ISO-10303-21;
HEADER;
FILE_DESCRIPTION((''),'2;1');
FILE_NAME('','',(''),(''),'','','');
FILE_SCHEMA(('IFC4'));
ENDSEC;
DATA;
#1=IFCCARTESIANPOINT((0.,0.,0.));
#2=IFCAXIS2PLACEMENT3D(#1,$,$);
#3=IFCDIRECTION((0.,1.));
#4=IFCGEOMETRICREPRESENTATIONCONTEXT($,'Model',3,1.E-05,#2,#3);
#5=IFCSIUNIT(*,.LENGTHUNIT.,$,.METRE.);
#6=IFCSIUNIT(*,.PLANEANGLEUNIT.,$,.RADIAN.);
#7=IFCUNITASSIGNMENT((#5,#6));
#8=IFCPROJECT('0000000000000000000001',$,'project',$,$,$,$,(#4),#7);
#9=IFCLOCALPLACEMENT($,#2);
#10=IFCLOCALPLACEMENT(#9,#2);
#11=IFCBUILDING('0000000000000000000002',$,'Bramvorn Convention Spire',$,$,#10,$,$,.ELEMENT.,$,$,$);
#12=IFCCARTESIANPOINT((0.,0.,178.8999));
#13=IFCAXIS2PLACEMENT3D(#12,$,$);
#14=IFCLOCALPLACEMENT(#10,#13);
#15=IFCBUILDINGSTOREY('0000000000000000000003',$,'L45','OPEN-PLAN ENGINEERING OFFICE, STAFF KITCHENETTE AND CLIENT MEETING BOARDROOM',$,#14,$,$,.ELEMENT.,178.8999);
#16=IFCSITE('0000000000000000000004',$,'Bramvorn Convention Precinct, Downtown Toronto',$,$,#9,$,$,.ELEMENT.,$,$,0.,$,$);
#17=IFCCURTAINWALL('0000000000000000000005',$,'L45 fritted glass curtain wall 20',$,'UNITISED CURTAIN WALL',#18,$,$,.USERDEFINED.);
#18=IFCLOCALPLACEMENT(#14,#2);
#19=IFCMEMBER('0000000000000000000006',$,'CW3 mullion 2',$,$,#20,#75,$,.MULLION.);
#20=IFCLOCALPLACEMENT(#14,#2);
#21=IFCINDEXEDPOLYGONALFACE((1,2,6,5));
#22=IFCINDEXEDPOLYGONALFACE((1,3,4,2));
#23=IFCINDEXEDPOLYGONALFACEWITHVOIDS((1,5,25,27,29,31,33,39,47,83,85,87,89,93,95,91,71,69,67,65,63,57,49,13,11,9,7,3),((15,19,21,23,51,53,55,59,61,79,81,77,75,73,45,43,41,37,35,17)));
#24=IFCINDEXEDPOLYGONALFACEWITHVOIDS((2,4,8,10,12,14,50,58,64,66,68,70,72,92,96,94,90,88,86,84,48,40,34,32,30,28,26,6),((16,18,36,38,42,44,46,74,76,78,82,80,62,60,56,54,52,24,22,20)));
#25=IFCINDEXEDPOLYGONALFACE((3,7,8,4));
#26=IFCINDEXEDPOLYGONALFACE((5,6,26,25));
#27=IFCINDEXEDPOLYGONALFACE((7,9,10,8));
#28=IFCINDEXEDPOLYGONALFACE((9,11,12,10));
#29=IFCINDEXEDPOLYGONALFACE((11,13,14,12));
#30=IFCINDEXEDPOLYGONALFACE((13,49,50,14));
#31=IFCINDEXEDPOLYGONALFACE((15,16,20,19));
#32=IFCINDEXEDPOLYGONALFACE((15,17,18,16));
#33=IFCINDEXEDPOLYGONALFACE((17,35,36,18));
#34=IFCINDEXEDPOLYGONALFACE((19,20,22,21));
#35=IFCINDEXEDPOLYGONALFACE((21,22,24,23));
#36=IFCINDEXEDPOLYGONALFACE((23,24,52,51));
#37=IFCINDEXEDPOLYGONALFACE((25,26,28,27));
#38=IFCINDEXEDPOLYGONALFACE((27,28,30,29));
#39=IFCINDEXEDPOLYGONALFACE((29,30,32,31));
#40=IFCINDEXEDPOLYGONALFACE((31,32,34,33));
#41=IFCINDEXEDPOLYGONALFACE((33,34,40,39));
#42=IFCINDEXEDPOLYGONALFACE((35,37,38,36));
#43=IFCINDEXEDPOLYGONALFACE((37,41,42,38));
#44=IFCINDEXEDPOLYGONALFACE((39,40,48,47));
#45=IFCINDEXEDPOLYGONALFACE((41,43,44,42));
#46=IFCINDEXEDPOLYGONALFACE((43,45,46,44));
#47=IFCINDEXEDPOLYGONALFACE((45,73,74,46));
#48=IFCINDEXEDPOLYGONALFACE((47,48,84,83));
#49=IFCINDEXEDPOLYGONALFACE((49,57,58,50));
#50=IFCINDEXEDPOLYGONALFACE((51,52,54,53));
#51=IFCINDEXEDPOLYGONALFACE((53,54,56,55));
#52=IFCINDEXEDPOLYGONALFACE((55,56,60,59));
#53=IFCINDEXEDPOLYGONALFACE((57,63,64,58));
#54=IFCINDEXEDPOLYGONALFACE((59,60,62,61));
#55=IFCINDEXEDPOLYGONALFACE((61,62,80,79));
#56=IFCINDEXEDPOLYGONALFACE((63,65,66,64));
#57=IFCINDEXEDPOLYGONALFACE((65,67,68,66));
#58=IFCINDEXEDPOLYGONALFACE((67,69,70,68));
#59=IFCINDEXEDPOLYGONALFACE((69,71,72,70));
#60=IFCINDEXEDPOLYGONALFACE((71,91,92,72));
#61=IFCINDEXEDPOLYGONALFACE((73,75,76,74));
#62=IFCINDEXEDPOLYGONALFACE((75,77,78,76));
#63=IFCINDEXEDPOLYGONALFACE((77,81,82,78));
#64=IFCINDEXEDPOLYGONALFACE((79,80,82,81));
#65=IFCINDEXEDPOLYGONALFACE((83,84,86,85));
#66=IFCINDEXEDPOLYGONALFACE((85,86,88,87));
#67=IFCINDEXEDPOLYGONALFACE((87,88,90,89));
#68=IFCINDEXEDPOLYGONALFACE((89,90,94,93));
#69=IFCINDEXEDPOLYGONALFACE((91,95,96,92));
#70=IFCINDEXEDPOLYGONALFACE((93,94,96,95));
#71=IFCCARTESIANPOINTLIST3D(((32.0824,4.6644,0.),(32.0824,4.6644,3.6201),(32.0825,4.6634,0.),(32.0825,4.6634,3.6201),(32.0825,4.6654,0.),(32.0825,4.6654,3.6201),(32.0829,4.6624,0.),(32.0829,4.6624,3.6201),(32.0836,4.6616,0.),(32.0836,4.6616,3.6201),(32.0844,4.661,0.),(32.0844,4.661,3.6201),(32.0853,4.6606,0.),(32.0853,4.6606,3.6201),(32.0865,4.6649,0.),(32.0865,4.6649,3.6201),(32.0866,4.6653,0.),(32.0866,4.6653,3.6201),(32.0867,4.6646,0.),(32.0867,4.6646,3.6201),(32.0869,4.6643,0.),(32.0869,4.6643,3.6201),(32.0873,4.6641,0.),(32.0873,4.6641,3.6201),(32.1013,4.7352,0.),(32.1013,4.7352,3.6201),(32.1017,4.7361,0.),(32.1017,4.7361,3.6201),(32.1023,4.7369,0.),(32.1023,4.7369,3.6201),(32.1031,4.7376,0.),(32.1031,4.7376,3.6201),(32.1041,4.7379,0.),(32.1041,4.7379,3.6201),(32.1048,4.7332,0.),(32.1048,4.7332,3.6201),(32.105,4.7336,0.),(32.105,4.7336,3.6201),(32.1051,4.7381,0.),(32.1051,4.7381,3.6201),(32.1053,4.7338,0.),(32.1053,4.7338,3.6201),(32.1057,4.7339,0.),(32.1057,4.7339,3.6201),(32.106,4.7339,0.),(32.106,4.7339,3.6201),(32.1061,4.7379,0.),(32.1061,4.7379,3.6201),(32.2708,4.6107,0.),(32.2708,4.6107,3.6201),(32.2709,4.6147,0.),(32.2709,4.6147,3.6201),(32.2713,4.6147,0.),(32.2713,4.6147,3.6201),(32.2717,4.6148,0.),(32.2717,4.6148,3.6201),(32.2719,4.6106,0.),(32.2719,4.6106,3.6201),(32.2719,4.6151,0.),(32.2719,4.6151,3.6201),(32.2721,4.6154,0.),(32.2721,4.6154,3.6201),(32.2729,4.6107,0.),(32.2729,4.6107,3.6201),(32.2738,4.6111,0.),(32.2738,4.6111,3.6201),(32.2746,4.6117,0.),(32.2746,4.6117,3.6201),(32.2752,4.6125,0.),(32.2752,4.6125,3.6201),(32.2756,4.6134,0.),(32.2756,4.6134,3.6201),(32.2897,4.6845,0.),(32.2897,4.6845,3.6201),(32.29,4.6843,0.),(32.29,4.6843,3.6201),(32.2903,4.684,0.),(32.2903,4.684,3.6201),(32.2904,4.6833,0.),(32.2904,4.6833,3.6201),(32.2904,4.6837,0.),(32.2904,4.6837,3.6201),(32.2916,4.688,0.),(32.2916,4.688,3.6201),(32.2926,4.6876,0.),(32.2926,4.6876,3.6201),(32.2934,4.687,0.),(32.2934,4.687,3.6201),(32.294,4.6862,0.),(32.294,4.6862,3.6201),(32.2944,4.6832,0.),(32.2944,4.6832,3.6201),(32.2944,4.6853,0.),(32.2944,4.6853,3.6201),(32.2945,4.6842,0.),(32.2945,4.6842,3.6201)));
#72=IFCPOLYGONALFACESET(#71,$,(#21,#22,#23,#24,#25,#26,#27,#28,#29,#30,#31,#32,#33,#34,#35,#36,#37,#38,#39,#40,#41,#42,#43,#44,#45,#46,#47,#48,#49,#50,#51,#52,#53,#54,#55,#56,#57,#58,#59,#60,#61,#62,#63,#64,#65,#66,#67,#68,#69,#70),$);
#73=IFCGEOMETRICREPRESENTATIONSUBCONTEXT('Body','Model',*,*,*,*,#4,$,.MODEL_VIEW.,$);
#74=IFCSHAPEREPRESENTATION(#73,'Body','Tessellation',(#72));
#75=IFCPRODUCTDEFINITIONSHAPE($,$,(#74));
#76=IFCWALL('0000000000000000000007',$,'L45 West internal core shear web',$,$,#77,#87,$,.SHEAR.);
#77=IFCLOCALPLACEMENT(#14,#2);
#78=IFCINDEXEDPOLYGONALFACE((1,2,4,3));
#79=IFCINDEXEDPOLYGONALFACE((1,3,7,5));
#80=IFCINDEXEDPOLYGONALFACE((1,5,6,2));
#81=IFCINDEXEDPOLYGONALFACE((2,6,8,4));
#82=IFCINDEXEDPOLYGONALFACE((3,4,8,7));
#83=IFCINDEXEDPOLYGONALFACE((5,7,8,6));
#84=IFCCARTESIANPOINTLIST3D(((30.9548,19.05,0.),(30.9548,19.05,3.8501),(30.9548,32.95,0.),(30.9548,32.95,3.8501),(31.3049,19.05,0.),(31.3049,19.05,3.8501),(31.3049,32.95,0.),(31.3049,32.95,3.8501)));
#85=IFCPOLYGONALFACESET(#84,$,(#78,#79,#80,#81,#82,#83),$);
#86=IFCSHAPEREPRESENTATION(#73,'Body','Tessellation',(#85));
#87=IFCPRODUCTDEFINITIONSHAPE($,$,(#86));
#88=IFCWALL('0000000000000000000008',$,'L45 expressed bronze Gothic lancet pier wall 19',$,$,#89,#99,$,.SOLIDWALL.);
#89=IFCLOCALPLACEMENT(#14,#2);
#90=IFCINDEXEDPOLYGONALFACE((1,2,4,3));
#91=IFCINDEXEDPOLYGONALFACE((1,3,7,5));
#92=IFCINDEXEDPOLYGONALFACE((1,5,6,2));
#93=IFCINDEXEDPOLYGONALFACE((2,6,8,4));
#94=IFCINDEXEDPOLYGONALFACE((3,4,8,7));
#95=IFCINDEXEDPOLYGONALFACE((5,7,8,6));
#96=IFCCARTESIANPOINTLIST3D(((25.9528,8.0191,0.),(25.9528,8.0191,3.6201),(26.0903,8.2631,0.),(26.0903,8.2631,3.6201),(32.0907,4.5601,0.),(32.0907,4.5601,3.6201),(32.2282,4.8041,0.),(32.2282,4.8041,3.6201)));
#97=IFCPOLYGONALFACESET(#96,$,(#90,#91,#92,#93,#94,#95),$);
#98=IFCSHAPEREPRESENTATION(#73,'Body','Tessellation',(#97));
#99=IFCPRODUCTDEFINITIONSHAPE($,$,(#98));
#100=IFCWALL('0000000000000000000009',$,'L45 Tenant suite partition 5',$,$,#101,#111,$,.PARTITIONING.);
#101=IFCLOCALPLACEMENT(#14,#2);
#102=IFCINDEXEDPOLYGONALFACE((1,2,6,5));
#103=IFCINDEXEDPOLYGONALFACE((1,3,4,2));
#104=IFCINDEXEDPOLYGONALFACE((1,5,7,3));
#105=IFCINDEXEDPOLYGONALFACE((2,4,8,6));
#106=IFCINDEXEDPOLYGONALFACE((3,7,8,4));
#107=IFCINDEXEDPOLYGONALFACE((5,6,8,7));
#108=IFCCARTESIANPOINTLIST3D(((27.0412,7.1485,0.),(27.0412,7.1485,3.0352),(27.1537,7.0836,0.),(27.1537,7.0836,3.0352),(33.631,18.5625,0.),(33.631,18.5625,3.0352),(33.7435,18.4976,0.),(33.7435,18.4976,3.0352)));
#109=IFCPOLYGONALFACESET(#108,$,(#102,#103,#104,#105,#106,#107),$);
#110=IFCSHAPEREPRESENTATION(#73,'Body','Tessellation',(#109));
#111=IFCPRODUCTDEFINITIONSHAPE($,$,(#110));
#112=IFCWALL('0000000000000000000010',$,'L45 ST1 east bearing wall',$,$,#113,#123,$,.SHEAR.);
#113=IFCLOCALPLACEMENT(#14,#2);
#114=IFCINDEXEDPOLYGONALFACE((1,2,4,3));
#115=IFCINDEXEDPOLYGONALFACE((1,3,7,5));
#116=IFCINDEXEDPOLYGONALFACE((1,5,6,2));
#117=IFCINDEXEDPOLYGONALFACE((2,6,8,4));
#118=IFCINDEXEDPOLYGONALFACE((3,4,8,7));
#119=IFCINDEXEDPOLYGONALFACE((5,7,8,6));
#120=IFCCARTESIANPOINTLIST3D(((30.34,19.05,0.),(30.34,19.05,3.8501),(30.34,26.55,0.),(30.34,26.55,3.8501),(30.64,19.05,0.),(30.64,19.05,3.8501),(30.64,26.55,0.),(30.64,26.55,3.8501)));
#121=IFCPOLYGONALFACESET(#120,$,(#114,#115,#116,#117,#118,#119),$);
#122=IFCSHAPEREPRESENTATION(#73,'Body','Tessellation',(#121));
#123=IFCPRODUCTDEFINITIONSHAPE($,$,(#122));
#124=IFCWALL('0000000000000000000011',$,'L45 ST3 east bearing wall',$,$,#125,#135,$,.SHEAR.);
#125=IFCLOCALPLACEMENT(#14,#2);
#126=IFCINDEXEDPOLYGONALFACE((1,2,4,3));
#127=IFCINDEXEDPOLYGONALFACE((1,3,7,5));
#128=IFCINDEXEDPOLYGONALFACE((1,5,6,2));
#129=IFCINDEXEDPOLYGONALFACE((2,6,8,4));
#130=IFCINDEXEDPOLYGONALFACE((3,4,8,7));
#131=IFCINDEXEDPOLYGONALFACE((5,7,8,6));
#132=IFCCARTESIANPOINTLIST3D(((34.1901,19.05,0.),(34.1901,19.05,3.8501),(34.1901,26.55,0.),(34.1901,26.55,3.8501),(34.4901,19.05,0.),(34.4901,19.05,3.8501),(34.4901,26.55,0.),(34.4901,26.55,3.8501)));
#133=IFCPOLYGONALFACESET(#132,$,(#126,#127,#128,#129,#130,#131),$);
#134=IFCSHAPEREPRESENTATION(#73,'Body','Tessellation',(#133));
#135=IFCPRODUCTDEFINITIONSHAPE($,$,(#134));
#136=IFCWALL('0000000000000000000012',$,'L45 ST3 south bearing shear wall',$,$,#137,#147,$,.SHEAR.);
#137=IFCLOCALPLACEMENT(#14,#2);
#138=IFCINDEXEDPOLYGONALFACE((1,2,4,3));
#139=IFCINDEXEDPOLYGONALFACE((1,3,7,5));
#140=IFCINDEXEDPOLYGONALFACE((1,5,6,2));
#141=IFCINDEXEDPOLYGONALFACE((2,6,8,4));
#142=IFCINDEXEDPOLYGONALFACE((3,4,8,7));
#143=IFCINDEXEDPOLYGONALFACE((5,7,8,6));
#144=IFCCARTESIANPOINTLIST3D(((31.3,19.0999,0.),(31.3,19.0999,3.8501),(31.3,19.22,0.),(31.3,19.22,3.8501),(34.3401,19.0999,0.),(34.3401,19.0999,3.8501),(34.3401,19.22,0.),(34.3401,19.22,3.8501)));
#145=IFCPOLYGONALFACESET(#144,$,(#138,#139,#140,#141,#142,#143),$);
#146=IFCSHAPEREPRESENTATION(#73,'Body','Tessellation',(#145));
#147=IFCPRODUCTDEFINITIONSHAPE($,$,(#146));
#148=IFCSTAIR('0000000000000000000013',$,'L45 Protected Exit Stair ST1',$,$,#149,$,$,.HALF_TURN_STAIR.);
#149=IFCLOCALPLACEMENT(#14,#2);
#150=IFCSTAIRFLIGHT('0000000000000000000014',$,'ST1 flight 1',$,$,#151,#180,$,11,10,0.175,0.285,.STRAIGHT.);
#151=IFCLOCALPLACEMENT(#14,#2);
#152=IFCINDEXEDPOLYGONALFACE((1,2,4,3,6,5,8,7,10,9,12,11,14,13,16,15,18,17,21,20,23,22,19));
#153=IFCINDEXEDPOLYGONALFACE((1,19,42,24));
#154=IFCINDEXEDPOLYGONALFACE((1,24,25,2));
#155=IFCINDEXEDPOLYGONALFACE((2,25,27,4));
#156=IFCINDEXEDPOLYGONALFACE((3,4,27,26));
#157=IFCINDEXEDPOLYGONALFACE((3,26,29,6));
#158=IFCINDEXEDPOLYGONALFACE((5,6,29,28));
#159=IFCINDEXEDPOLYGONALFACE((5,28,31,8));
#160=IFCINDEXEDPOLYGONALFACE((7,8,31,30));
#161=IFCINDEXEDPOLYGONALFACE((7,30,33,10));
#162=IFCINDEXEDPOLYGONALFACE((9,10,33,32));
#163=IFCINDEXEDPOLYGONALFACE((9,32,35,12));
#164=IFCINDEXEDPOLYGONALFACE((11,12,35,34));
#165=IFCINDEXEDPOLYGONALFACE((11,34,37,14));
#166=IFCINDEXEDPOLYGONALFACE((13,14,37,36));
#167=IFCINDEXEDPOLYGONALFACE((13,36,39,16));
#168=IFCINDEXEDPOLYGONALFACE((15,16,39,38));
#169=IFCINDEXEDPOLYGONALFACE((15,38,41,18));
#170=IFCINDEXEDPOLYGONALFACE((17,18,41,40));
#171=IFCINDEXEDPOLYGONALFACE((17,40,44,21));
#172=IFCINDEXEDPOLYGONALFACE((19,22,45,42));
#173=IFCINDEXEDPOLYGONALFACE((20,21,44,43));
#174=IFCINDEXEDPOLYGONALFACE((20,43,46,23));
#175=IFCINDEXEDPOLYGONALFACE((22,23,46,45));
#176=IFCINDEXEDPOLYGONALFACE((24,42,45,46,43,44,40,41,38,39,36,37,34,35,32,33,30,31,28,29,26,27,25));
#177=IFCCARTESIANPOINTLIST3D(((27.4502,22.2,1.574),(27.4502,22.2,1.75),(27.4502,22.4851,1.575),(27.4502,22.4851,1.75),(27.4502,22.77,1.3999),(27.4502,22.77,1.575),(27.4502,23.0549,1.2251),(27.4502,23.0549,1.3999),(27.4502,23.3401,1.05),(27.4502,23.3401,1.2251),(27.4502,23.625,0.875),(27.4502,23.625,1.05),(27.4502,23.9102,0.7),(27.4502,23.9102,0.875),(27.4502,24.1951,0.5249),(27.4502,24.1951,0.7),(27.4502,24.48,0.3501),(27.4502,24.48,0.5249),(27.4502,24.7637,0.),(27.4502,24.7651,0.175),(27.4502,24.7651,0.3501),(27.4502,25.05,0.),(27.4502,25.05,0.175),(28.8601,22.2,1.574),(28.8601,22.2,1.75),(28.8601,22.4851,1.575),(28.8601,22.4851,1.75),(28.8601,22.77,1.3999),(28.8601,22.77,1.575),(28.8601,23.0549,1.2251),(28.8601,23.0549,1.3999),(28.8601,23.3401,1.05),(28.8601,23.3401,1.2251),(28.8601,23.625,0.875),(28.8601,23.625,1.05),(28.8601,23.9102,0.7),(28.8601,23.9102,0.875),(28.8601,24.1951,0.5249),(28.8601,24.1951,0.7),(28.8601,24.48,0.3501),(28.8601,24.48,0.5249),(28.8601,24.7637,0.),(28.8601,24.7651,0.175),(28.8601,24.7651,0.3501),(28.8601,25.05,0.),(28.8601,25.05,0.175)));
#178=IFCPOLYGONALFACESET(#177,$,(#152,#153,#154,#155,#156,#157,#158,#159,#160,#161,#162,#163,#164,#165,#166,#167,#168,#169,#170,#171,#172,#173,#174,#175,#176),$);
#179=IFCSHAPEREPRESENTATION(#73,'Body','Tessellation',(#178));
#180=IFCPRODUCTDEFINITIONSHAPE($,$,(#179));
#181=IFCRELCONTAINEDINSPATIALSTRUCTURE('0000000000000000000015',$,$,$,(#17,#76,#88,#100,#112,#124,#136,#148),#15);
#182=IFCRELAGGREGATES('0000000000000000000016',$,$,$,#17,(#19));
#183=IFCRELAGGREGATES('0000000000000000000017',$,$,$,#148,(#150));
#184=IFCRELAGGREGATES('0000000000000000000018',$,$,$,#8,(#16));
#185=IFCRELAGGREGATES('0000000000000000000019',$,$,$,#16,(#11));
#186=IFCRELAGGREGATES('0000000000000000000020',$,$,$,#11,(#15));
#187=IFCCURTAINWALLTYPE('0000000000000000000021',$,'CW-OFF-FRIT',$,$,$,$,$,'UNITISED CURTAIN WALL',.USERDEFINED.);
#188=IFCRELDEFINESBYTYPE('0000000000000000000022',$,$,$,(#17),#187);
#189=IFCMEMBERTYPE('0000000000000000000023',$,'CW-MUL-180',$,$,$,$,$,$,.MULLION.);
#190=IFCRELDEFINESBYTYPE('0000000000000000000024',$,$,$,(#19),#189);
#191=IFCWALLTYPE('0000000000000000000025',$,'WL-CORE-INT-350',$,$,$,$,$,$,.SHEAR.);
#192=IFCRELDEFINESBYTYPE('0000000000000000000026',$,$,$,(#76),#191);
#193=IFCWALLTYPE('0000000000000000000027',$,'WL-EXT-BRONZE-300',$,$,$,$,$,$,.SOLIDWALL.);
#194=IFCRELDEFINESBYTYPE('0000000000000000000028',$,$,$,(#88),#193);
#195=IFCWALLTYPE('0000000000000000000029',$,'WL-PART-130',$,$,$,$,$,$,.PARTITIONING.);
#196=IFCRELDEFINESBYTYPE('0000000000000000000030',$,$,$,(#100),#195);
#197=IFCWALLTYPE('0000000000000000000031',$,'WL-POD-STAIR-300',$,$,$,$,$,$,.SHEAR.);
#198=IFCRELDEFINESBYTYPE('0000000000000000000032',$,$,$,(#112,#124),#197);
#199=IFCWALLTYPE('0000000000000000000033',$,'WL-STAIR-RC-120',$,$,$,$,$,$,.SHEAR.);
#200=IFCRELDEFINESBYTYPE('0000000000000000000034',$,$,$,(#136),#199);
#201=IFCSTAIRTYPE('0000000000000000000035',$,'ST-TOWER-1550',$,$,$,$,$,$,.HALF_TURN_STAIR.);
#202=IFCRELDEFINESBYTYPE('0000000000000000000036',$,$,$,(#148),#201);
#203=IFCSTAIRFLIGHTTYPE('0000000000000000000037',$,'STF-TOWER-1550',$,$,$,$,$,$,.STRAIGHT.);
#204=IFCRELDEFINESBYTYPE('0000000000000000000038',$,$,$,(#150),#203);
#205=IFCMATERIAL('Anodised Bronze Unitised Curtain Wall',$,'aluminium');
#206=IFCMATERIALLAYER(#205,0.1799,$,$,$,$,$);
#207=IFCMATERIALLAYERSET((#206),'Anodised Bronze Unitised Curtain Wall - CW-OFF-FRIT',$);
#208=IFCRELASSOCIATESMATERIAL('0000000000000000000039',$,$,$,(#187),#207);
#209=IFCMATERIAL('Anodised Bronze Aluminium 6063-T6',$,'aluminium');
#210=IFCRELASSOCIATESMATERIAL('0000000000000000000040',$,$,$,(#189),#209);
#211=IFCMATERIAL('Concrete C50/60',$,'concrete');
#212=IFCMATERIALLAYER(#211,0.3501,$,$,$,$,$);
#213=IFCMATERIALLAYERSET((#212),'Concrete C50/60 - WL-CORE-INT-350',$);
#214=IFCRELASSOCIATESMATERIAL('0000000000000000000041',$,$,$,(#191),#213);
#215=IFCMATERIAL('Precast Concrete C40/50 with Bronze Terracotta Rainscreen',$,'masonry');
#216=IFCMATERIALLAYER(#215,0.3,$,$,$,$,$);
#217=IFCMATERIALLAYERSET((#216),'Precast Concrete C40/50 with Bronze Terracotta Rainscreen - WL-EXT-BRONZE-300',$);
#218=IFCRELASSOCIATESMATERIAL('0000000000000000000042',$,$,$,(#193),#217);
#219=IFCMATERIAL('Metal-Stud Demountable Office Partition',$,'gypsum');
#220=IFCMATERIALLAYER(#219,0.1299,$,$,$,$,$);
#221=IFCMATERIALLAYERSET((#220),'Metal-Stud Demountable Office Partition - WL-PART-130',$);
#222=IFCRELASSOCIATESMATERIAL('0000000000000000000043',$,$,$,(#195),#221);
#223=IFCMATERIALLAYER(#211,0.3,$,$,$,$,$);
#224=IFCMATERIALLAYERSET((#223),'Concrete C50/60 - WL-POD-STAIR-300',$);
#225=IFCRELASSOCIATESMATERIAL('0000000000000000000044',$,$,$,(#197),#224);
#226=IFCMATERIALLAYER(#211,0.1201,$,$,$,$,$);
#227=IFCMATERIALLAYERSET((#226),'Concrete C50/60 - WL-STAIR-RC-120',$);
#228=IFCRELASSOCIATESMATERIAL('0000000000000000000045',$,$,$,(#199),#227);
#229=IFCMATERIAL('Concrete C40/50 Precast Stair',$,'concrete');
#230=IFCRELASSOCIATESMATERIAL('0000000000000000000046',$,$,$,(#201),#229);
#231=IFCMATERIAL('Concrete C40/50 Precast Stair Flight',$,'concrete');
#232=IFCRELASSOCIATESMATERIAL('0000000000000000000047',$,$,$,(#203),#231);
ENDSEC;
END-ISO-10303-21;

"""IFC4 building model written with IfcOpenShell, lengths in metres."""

from ifc_helpers import new_model, si_unit, direction, frame, frame_2d, origin, origin_2d, place, context, subcontext, project, spatial, polyline, rectangle, hollow_rectangle, outline, extrude, material, layer, layer_set, material_profile, profile_set, type_object, element, aggregate, save


model = new_model("IFC4")

# Units and contexts
model_context = context("Model", 3, precision=1e-05, world=origin(), true_north=direction((0.0, 1.0)))
body_context = subcontext(model_context, "Body", "Model", "MODEL_VIEW")
ifc_project = project(units=[si_unit("LENGTHUNIT", "METRE"), si_unit("PLANEANGLEUNIT", "RADIAN")], contexts=[model_context])

# Site, building, storey
site_placement = place(None, origin())
site = spatial("IfcSite", under=ifc_project, at=site_placement, Name="Bramvorn Convention Precinct, Downtown Toronto", CompositionType="ELEMENT", RefElevation=0.0)
building_placement = place(site_placement, origin())
building = spatial("IfcBuilding", under=site, at=building_placement, Name="Bramvorn Convention Spire", CompositionType="ELEMENT")
storey_placement = place(building_placement, frame((0.0, 0.0, 178.8999)))
storey = spatial("IfcBuildingStorey", under=building, at=storey_placement, Name="L45", Description="OPEN-PLAN ENGINEERING OFFICE, STAFF KITCHENETTE AND CLIENT MEETING BOARDROOM", CompositionType="ELEMENT", Elevation=178.8999)

# Curtain wall, member
ifc_material_1 = material(Name="Anodised Bronze Unitised Curtain Wall", Category="aluminium")
ifc_layer_1 = layer(ifc_material_1, 0.1799)
ifc_layer_set_1 = layer_set([ifc_layer_1], Name="Anodised Bronze Unitised Curtain Wall - CW-OFF-FRIT")
curtain_wall_type = type_object("IfcCurtainWallType", Name="CW-OFF-FRIT", ElementType="UNITISED CURTAIN WALL", PredefinedType="USERDEFINED", material=ifc_layer_set_1)
curtain_wall_placement = place(storey_placement, origin())
curtain_wall = element("IfcCurtainWall", 1, at=curtain_wall_placement, inside=storey, type_object=curtain_wall_type, Name="L45 fritted glass curtain wall 20", ObjectType="UNITISED CURTAIN WALL", PredefinedType="USERDEFINED")
ifc_material_2 = material(Name="Anodised Bronze Aluminium 6063-T6", Category="aluminium")
ifc_material_profile_1 = material_profile(ifc_material_2, hollow_rectangle(XDim=0.0801, YDim=0.2, WallThickness=0.0039, InnerFilletRadius=0.001, OuterFilletRadius=0.0039, at=origin_2d()))
ifc_profile_set_1 = profile_set([ifc_material_profile_1], Name="Anodised Bronze Aluminium 6063-T6 - CWM80X200")
member_type = type_object("IfcMemberType", Name="CW-MUL-180", PredefinedType="MULLION", material=ifc_profile_set_1)
member_placement = place(storey_placement, frame((32.1885, 4.6743, 0.0), z_axis=(0.0, 0.0, 1.0), x_axis=(-0.259831, -0.965654, 0.0)))
member = element("IfcMember", 2, at=member_placement, type_object=member_type, Name="CW3 mullion 2", PredefinedType="MULLION", context=body_context, shape_type="SweptSolid", body=[
    extrude(hollow_rectangle(XDim=0.0801, YDim=0.2, WallThickness=0.0039, InnerFilletRadius=0.001, OuterFilletRadius=0.0039, at=origin_2d()), origin(), (0.0, 0.0, 1.0), 3.6201),
])
aggregate(curtain_wall, [member])

# Wall
ifc_material_3 = material(Name="Concrete C50/60", Category="concrete")
ifc_layer_2 = layer(ifc_material_3, 0.3501)
ifc_layer_set_2 = layer_set([ifc_layer_2], Name="Concrete C50/60 - WL-CORE-INT-350")
wall_type_1 = type_object("IfcWallType", Name="WL-CORE-INT-350", PredefinedType="SHEAR", material=ifc_layer_set_2)
wall_1_placement = place(storey_placement, frame((31.1299, 19.05, 0.0), z_axis=(0.0, 0.0, 1.0), x_axis=(0.0, 1.0, 0.0)))
element("IfcWall", 3, at=wall_1_placement, inside=storey, type_object=wall_type_1, Name="L45 West internal core shear web", PredefinedType="SHEAR", context=body_context, shape_type="SweptSolid", body=[
    extrude(rectangle(XDim=13.8999, YDim=0.3501, at=frame_2d((6.95, 0.0))), origin(), (0.0, 0.0, 1.0), 3.8501),
])

# Walls
ifc_material_4 = material(Name="Precast Concrete C40/50 with Bronze Terracotta Rainscreen", Category="masonry")
ifc_layer_3 = layer(ifc_material_4, 0.3)
ifc_layer_set_3 = layer_set([ifc_layer_3], Name="Precast Concrete C40/50 with Bronze Terracotta Rainscreen - WL-EXT-BRONZE-300")
wall_type_2 = type_object("IfcWallType", Name="WL-EXT-BRONZE-300", PredefinedType="SOLIDWALL", material=ifc_layer_set_3)
wall_2_placement = place(storey_placement, frame((32.1594, 4.6821, 0.0), z_axis=(0.0, 0.0, 1.0), x_axis=(-0.871188, 0.49095, 0.0)))
element("IfcWall", 4, at=wall_2_placement, inside=storey, type_object=wall_type_2, Name="L45 expressed bronze Gothic lancet pier wall 19", PredefinedType="SOLIDWALL", context=body_context, shape_type="SweptSolid", body=[
    extrude(rectangle(XDim=7.0454, YDim=0.28, at=frame_2d((3.5227, 0.0))), origin(), (0.0, 0.0, 1.0), 3.6201),
])
ifc_material_5 = material(Name="Metal-Stud Demountable Office Partition", Category="gypsum")
ifc_layer_4 = layer(ifc_material_5, 0.1299)
ifc_layer_set_4 = layer_set([ifc_layer_4], Name="Metal-Stud Demountable Office Partition - WL-PART-130")
wall_type_3 = type_object("IfcWallType", Name="WL-PART-130", PredefinedType="PARTITIONING", material=ifc_layer_set_4)
wall_3_placement = place(storey_placement, frame((33.6873, 18.53, 0.0), z_axis=(0.0, 0.0, 1.0), x_axis=(-0.499996, -0.866028, 0.0)))
element("IfcWall", 5, at=wall_3_placement, inside=storey, type_object=wall_type_3, Name="L45 Tenant suite partition 5", PredefinedType="PARTITIONING", context=body_context, shape_type="SweptSolid", body=[
    extrude(rectangle(XDim=13.1797, YDim=0.1299, at=frame_2d((6.5898, 0.0))), origin(), (0.0, 0.0, 1.0), 3.0352),
])
ifc_layer_5 = layer(ifc_material_3, 0.3)
ifc_layer_set_5 = layer_set([ifc_layer_5], Name="Concrete C50/60 - WL-POD-STAIR-300")
wall_type_4 = type_object("IfcWallType", Name="WL-POD-STAIR-300", PredefinedType="SHEAR", material=ifc_layer_set_5)
for number, where, z_axis, x_axis, name in (
    (6, (30.49, 19.05, 0.0), (0.0, 0.0, 1.0), (0.0, 1.0, 0.0), "L45 ST1 east bearing wall"),
    (7, (34.3401, 19.05, 0.0), (0.0, 0.0, 1.0), (0.0, 1.0, 0.0), "L45 ST3 east bearing wall"),
):
    element("IfcWall", number, at=place(storey_placement, frame(where, z_axis=z_axis, x_axis=x_axis)), inside=storey, type_object=wall_type_4, Name=name, PredefinedType="SHEAR", context=body_context, shape_type="SweptSolid", body=[
        extrude(rectangle(XDim=7.5, YDim=0.3, at=frame_2d((3.75, 0.0))), origin(), (0.0, 0.0, 1.0), 3.8501),
    ])
ifc_layer_6 = layer(ifc_material_3, 0.1201)
ifc_layer_set_6 = layer_set([ifc_layer_6], Name="Concrete C50/60 - WL-STAIR-RC-120")
wall_type_5 = type_object("IfcWallType", Name="WL-STAIR-RC-120", PredefinedType="SHEAR", material=ifc_layer_set_6)
wall_4_placement = place(storey_placement, frame((31.3, 19.1599, 0.0), z_axis=(0.0, 0.0, 1.0), x_axis=(1.0, 0.0, 0.0)))
element("IfcWall", 8, at=wall_4_placement, inside=storey, type_object=wall_type_5, Name="L45 ST3 south bearing shear wall", PredefinedType="SHEAR", context=body_context, shape_type="SweptSolid", body=[
    extrude(rectangle(XDim=3.04, YDim=0.1201, at=frame_2d((1.52, 0.0))), origin(), (0.0, 0.0, 1.0), 3.8501),
])

# Stair, stair flight
ifc_material_6 = material(Name="Concrete C40/50 Precast Stair", Category="concrete")
stair_type = type_object("IfcStairType", Name="ST-TOWER-1550", PredefinedType="HALF_TURN_STAIR", material=ifc_material_6)
stair_1_placement = place(storey_placement, origin())
stair_1 = element("IfcStair", 9, at=stair_1_placement, inside=storey, type_object=stair_type, Name="L45 Protected Exit Stair ST1", PredefinedType="HALF_TURN_STAIR")
ifc_material_7 = material(Name="Concrete C40/50 Precast Stair Flight", Category="concrete")
stair_flight_type = type_object("IfcStairFlightType", Name="STF-TOWER-1550", PredefinedType="STRAIGHT", material=ifc_material_7)
stair_flight_1_placement = place(storey_placement, frame((28.155, 25.05, 0.0), z_axis=(0.0, 0.0, 1.0), x_axis=(0.0, -1.0, 0.0)))
stair_flight_1 = element("IfcStairFlight", 10, at=stair_flight_1_placement, type_object=stair_flight_type, Name="ST1 flight 1", NumberOfRisers=11, NumberOfTreads=10, PredefinedType="STRAIGHT", RiserHeight=0.175, TreadLength=0.285, context=body_context, shape_type="SweptSolid", body=[
    extrude(outline(polyline([(0.0, 0.0), (0.0, 0.175), (0.2849, 0.175), (0.2849, 0.3501), (0.5701, 0.3501), (0.5701, 0.5249), (0.855, 0.5249), (0.855, 0.7), (1.1399, 0.7), (1.1399, 0.875), (1.425, 0.875), (1.425, 1.05), (1.71, 1.05), (1.71, 1.2251), (1.9951, 1.2251), (1.9951, 1.3999), (2.28, 1.3999), (2.28, 1.575), (2.5649, 1.575), (2.5649, 1.75), (2.8501, 1.75), (2.8501, 1.925), (2.8501, 1.574), (0.2864, 0.0), (0.0, 0.0)])), frame((0.0, 0.7051, 0.0), z_axis=(0.0, -1.0, 0.0), x_axis=(1.0, 0.0, 0.0)), (0.0, 0.0, 1.0), 1.4099),
])
aggregate(stair_1, [stair_flight_1])

save(model, "model.ifc")
